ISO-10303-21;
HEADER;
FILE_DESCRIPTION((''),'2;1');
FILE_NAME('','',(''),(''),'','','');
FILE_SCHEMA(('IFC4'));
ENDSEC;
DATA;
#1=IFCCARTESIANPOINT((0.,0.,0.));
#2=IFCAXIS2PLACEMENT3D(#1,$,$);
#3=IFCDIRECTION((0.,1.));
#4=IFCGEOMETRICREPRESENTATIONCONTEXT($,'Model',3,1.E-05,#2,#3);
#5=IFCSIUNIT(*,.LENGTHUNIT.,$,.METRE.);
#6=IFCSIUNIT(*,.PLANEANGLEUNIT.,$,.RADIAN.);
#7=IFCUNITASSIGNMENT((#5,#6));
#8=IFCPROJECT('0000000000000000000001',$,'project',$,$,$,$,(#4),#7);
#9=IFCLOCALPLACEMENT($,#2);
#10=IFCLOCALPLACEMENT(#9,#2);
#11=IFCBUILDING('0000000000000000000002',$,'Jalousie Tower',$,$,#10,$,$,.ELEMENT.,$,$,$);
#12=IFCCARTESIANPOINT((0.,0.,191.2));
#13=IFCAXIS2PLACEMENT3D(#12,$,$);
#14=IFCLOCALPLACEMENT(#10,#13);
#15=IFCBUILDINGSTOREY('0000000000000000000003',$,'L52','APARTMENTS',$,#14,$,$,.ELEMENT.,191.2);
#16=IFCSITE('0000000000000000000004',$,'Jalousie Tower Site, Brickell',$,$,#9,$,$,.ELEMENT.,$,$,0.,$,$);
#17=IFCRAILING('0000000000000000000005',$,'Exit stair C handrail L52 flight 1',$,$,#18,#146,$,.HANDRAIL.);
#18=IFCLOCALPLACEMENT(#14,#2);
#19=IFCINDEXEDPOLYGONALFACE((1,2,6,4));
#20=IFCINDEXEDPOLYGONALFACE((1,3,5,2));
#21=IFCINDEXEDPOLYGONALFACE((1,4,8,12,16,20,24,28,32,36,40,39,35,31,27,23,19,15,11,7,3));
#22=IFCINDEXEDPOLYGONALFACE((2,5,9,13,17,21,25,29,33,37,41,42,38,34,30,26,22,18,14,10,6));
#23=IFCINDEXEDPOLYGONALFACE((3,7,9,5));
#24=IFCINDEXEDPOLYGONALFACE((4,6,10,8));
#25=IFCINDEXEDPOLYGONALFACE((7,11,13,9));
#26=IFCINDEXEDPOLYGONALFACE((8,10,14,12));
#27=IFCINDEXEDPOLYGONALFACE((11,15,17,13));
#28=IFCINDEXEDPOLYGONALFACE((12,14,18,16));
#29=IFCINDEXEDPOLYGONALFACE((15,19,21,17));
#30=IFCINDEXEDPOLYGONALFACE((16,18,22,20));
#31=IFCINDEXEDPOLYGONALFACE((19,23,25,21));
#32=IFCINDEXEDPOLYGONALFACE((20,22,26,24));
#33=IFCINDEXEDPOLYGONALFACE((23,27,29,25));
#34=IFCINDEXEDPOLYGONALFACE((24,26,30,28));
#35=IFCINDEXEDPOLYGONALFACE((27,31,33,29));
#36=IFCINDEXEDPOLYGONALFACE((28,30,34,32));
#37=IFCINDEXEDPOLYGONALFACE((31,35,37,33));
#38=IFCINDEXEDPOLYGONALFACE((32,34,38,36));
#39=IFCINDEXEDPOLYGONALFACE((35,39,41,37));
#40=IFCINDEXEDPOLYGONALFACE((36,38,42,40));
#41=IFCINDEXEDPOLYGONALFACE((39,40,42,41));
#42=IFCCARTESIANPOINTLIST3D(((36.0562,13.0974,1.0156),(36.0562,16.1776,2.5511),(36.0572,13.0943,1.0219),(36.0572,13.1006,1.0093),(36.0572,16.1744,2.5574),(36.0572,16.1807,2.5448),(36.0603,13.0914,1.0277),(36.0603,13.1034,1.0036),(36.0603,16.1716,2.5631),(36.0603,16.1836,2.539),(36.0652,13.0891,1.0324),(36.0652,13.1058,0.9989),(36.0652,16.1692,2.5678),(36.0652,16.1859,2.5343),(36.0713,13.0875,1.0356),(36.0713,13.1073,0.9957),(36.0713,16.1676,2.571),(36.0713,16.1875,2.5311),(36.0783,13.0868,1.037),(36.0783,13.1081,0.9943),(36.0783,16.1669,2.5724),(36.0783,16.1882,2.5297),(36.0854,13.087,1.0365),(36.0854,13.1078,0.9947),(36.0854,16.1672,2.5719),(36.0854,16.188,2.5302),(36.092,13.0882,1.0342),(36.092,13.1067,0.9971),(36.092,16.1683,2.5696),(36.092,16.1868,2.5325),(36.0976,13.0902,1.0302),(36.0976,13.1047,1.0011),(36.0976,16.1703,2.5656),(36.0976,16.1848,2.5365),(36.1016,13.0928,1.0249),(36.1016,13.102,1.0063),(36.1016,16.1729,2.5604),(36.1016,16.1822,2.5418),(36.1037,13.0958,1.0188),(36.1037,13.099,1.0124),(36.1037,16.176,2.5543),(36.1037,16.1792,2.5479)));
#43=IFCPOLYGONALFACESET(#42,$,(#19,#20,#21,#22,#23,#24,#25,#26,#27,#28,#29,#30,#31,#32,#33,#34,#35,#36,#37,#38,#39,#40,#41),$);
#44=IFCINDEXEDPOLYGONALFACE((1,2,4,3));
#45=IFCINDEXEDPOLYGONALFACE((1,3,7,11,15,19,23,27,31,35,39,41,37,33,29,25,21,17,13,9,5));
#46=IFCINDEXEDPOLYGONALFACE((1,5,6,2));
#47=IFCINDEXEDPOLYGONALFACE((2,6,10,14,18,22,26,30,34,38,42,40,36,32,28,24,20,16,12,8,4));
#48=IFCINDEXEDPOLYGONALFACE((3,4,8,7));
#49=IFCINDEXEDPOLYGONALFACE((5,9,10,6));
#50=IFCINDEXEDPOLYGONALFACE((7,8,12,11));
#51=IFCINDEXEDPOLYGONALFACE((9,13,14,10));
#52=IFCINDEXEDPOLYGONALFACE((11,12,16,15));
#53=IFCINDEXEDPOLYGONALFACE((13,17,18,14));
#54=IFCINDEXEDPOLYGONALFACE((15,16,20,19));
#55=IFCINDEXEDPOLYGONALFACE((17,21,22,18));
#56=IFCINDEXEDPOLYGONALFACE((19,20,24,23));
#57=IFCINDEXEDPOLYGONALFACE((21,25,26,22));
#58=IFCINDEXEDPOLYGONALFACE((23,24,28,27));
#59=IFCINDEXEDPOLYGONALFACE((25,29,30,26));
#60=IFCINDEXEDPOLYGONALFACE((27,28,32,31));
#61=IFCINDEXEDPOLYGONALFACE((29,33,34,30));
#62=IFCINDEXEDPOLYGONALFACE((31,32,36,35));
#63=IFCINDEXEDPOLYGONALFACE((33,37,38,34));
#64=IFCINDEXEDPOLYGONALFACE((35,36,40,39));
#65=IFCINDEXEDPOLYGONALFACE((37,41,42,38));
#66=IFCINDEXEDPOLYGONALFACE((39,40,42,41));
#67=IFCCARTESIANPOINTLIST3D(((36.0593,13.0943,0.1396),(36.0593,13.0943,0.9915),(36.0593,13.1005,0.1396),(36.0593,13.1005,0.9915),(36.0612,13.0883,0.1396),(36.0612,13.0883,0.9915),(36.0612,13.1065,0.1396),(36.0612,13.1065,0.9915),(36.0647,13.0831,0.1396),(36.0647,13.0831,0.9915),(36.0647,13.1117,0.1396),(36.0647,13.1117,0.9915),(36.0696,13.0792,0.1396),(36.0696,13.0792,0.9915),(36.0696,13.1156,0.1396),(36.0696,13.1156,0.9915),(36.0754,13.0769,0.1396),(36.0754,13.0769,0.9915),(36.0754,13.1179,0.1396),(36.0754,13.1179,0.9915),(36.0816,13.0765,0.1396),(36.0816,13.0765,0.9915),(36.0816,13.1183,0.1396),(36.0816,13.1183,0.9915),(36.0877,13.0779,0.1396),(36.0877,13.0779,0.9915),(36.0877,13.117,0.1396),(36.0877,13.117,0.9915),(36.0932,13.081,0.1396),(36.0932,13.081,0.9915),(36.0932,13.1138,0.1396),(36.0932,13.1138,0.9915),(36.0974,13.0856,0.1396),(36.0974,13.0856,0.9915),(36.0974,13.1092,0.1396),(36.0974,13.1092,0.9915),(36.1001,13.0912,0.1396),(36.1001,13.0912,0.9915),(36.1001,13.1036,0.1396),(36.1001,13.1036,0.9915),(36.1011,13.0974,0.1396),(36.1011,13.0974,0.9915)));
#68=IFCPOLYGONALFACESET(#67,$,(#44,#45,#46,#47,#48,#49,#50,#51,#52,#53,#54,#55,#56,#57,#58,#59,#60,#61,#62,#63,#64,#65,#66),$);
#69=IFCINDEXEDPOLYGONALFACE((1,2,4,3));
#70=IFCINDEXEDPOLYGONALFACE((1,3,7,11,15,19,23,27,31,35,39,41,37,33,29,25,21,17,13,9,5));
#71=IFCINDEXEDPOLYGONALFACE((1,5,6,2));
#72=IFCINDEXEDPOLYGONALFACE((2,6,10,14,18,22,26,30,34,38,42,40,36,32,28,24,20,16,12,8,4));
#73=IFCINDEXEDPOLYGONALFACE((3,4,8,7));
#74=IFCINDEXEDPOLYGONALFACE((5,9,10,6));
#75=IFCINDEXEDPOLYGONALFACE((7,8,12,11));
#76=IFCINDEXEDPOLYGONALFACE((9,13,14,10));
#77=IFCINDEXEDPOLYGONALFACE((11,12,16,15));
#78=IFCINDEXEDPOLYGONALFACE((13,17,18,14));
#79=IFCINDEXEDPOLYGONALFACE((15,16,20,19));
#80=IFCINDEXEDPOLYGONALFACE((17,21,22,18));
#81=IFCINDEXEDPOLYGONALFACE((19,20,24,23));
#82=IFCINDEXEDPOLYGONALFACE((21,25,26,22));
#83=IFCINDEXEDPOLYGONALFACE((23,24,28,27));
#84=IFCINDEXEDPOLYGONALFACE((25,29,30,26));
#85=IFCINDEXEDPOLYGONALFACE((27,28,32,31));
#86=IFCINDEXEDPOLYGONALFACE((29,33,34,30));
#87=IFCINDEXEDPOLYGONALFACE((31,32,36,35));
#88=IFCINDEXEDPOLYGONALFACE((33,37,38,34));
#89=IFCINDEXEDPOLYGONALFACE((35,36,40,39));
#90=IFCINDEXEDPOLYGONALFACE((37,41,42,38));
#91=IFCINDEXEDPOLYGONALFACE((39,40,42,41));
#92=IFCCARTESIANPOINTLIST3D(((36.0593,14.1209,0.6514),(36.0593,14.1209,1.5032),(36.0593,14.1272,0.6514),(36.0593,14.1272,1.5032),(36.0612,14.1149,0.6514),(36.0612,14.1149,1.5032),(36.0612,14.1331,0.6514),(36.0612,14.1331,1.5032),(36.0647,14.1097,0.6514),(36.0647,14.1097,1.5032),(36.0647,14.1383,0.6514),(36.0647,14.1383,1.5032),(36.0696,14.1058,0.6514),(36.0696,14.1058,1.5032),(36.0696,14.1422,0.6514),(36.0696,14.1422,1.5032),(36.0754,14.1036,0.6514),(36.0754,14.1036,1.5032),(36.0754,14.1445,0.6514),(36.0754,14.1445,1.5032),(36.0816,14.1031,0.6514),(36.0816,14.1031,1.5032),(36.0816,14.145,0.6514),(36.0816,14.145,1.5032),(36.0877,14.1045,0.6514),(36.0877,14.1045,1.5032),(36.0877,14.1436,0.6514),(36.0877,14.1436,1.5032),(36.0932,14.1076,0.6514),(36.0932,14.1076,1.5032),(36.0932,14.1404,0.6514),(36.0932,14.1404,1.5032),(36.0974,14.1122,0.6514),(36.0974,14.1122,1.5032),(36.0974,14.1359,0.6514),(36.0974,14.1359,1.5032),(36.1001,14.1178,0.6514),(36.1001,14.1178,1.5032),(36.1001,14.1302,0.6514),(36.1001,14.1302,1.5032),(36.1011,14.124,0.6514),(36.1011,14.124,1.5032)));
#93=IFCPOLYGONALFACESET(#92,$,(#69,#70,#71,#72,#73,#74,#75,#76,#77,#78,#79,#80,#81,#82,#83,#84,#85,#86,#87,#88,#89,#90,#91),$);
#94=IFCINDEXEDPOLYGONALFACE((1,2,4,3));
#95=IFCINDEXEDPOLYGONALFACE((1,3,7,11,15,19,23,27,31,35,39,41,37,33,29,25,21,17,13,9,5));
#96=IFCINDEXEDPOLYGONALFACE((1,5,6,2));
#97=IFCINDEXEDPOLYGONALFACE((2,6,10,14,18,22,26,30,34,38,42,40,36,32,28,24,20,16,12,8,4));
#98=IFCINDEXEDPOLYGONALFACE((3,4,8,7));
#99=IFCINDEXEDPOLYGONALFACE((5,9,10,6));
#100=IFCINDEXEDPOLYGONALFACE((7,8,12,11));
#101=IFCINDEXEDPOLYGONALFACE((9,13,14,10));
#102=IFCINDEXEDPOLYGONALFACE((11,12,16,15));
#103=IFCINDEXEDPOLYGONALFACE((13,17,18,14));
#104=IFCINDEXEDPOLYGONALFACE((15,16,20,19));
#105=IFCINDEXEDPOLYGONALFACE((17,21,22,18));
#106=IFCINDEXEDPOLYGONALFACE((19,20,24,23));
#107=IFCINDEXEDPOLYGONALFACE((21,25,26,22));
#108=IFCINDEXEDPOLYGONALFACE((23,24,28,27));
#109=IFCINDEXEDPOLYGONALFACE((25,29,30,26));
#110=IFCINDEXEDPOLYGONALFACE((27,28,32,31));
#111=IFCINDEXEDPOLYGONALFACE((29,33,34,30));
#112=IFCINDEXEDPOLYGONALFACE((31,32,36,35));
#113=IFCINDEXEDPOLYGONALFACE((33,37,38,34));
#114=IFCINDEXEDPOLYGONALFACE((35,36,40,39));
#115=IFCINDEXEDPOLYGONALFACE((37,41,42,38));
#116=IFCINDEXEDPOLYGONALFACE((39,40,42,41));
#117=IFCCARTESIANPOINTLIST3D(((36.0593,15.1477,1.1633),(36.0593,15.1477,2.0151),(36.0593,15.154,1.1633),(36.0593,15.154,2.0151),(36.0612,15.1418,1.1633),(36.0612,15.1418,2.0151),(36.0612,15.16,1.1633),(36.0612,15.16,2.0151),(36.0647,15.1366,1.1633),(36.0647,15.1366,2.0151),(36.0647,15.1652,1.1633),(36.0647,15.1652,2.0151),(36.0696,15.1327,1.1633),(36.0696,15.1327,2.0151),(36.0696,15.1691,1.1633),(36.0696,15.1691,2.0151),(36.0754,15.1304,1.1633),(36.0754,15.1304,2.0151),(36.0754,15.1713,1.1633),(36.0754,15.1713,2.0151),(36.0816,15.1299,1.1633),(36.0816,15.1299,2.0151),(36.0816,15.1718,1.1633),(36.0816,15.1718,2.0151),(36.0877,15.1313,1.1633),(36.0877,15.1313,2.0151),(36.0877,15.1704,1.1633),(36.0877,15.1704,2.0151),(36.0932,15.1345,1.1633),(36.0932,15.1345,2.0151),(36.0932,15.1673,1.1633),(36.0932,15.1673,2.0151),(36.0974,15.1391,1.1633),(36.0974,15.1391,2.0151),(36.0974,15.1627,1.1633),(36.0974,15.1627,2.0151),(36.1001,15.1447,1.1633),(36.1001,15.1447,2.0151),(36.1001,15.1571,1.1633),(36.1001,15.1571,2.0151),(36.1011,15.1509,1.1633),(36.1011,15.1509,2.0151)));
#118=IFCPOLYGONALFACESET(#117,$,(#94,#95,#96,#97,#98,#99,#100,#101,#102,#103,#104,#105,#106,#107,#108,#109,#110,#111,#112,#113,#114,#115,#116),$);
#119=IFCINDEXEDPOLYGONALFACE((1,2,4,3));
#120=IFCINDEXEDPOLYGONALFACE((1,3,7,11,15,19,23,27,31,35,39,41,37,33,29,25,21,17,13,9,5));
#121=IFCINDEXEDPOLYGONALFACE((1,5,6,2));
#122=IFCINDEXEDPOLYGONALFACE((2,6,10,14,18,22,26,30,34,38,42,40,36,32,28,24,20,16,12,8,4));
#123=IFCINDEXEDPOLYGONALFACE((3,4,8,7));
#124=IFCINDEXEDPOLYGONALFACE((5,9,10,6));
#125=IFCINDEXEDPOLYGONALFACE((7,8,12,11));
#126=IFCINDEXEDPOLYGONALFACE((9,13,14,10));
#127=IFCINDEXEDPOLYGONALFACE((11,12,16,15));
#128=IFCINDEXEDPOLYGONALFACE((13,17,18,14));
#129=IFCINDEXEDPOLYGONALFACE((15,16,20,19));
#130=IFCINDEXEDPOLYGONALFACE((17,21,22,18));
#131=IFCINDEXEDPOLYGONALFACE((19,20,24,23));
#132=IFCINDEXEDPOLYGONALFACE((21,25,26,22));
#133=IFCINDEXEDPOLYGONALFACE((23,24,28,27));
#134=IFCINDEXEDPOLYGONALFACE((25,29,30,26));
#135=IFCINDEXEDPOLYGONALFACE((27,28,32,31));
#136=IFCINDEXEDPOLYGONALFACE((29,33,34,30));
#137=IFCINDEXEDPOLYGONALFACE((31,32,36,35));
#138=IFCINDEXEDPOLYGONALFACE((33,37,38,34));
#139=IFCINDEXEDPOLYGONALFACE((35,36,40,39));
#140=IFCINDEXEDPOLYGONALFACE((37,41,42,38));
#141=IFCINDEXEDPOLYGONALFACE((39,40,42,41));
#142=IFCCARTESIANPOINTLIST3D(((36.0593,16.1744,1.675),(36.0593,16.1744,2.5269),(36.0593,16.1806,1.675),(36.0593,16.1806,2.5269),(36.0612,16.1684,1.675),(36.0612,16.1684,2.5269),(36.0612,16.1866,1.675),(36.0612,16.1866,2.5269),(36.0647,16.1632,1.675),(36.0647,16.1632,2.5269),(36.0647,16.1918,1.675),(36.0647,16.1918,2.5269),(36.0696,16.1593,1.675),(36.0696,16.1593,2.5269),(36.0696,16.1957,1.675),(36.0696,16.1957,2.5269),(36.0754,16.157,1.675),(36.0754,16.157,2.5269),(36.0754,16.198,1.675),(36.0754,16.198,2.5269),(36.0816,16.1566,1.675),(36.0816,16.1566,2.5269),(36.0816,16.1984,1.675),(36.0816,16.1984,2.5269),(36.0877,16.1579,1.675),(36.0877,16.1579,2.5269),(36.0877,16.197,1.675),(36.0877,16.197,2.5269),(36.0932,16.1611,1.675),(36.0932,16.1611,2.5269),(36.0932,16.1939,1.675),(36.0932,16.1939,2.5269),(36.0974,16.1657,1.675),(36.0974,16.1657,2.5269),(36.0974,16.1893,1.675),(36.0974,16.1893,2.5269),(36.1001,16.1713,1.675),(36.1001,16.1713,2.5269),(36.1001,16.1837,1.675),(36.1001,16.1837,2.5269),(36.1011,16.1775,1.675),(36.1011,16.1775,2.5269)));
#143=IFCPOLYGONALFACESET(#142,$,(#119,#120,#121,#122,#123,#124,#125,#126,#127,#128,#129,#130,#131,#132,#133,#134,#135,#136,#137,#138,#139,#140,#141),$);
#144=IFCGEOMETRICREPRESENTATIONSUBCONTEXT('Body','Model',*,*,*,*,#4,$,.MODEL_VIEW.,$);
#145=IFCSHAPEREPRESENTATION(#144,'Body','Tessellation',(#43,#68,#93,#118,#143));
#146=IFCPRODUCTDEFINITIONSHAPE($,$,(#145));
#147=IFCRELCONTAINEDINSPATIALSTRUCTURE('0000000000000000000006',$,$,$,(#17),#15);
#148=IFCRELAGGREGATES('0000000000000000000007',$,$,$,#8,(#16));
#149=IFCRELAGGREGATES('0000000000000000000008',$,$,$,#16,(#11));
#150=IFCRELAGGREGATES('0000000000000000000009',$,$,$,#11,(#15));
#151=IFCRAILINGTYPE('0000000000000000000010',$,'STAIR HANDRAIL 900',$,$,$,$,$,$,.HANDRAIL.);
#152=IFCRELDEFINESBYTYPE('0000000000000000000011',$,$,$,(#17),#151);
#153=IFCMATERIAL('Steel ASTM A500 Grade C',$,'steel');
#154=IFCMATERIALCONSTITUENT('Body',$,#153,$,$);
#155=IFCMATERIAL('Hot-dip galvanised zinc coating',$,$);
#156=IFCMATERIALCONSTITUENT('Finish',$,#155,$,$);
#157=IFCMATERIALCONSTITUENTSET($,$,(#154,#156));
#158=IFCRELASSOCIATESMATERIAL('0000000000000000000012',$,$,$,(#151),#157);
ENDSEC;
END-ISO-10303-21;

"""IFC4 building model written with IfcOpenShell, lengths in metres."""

from ifc_helpers import new_model, si_unit, direction, frame, origin, origin_2d, place, context, subcontext, project, spatial, circle, extrude, material, constituent, constituent_set, type_object, element, save


model = new_model("IFC4")

# Units and contexts
model_context = context("Model", 3, precision=1e-05, world=origin(), true_north=direction((0.0, 1.0)))
body_context = subcontext(model_context, "Body", "Model", "MODEL_VIEW")
ifc_project = project(units=[si_unit("LENGTHUNIT", "METRE"), si_unit("PLANEANGLEUNIT", "RADIAN")], contexts=[model_context])

# Site, building, storey
site_placement = place(None, origin())
site = spatial("IfcSite", under=ifc_project, at=site_placement, Name="Jalousie Tower Site, Brickell", CompositionType="ELEMENT", RefElevation=0.0)
building_placement = place(site_placement, origin())
building = spatial("IfcBuilding", under=site, at=building_placement, Name="Jalousie Tower", CompositionType="ELEMENT")
storey_placement = place(building_placement, frame((0.0, 0.0, 191.2)))
storey = spatial("IfcBuildingStorey", under=building, at=storey_placement, Name="L52", Description="APARTMENTS", CompositionType="ELEMENT", Elevation=191.2)

# Railing
ifc_material_1 = material(Name="Steel ASTM A500 Grade C", Category="steel")
ifc_constituent_1 = constituent(ifc_material_1, Name="Body")
ifc_material_2 = material(Name="Hot-dip galvanised zinc coating")
ifc_constituent_2 = constituent(ifc_material_2, Name="Finish")
ifc_constituent_set_1 = constituent_set(constituents=[ifc_constituent_1, ifc_constituent_2])
railing_type_1 = type_object("IfcRailingType", Name="STAIR HANDRAIL 900", PredefinedType="HANDRAIL", material=ifc_constituent_set_1)
railing_1_placement = place(storey_placement, frame((36.0801, 13.0974, 0.1396)))
element("IfcRailing", 1, at=railing_1_placement, inside=storey, type_object=railing_type_1, Name="Exit stair C handrail L52 flight 1", PredefinedType="HANDRAIL", context=body_context, shape_type="SweptSolid", body=[
    extrude(circle(Radius=0.0239, at=origin_2d()), frame((0.0, 0.0, 0.876), z_axis=(0.0, 0.894966, 0.446135), x_axis=(-1.0, 0.0, 0.0)), (0.0, 0.0, 1.0), 3.4417),
    extrude(circle(Radius=0.021, at=origin_2d()), origin(), (0.0, 0.0, 1.0), 0.8518),
    extrude(circle(Radius=0.021, at=origin_2d()), frame((0.0, 1.0266, 0.5117)), (0.0, 0.0, 1.0), 0.8518),
    extrude(circle(Radius=0.021, at=origin_2d()), frame((0.0, 2.0535, 1.0237)), (0.0, 0.0, 1.0), 0.8518),
    extrude(circle(Radius=0.021, at=origin_2d()), frame((0.0, 3.0801, 1.5354)), (0.0, 0.0, 1.0), 0.8518),
])

save(model, "model.ifc")
